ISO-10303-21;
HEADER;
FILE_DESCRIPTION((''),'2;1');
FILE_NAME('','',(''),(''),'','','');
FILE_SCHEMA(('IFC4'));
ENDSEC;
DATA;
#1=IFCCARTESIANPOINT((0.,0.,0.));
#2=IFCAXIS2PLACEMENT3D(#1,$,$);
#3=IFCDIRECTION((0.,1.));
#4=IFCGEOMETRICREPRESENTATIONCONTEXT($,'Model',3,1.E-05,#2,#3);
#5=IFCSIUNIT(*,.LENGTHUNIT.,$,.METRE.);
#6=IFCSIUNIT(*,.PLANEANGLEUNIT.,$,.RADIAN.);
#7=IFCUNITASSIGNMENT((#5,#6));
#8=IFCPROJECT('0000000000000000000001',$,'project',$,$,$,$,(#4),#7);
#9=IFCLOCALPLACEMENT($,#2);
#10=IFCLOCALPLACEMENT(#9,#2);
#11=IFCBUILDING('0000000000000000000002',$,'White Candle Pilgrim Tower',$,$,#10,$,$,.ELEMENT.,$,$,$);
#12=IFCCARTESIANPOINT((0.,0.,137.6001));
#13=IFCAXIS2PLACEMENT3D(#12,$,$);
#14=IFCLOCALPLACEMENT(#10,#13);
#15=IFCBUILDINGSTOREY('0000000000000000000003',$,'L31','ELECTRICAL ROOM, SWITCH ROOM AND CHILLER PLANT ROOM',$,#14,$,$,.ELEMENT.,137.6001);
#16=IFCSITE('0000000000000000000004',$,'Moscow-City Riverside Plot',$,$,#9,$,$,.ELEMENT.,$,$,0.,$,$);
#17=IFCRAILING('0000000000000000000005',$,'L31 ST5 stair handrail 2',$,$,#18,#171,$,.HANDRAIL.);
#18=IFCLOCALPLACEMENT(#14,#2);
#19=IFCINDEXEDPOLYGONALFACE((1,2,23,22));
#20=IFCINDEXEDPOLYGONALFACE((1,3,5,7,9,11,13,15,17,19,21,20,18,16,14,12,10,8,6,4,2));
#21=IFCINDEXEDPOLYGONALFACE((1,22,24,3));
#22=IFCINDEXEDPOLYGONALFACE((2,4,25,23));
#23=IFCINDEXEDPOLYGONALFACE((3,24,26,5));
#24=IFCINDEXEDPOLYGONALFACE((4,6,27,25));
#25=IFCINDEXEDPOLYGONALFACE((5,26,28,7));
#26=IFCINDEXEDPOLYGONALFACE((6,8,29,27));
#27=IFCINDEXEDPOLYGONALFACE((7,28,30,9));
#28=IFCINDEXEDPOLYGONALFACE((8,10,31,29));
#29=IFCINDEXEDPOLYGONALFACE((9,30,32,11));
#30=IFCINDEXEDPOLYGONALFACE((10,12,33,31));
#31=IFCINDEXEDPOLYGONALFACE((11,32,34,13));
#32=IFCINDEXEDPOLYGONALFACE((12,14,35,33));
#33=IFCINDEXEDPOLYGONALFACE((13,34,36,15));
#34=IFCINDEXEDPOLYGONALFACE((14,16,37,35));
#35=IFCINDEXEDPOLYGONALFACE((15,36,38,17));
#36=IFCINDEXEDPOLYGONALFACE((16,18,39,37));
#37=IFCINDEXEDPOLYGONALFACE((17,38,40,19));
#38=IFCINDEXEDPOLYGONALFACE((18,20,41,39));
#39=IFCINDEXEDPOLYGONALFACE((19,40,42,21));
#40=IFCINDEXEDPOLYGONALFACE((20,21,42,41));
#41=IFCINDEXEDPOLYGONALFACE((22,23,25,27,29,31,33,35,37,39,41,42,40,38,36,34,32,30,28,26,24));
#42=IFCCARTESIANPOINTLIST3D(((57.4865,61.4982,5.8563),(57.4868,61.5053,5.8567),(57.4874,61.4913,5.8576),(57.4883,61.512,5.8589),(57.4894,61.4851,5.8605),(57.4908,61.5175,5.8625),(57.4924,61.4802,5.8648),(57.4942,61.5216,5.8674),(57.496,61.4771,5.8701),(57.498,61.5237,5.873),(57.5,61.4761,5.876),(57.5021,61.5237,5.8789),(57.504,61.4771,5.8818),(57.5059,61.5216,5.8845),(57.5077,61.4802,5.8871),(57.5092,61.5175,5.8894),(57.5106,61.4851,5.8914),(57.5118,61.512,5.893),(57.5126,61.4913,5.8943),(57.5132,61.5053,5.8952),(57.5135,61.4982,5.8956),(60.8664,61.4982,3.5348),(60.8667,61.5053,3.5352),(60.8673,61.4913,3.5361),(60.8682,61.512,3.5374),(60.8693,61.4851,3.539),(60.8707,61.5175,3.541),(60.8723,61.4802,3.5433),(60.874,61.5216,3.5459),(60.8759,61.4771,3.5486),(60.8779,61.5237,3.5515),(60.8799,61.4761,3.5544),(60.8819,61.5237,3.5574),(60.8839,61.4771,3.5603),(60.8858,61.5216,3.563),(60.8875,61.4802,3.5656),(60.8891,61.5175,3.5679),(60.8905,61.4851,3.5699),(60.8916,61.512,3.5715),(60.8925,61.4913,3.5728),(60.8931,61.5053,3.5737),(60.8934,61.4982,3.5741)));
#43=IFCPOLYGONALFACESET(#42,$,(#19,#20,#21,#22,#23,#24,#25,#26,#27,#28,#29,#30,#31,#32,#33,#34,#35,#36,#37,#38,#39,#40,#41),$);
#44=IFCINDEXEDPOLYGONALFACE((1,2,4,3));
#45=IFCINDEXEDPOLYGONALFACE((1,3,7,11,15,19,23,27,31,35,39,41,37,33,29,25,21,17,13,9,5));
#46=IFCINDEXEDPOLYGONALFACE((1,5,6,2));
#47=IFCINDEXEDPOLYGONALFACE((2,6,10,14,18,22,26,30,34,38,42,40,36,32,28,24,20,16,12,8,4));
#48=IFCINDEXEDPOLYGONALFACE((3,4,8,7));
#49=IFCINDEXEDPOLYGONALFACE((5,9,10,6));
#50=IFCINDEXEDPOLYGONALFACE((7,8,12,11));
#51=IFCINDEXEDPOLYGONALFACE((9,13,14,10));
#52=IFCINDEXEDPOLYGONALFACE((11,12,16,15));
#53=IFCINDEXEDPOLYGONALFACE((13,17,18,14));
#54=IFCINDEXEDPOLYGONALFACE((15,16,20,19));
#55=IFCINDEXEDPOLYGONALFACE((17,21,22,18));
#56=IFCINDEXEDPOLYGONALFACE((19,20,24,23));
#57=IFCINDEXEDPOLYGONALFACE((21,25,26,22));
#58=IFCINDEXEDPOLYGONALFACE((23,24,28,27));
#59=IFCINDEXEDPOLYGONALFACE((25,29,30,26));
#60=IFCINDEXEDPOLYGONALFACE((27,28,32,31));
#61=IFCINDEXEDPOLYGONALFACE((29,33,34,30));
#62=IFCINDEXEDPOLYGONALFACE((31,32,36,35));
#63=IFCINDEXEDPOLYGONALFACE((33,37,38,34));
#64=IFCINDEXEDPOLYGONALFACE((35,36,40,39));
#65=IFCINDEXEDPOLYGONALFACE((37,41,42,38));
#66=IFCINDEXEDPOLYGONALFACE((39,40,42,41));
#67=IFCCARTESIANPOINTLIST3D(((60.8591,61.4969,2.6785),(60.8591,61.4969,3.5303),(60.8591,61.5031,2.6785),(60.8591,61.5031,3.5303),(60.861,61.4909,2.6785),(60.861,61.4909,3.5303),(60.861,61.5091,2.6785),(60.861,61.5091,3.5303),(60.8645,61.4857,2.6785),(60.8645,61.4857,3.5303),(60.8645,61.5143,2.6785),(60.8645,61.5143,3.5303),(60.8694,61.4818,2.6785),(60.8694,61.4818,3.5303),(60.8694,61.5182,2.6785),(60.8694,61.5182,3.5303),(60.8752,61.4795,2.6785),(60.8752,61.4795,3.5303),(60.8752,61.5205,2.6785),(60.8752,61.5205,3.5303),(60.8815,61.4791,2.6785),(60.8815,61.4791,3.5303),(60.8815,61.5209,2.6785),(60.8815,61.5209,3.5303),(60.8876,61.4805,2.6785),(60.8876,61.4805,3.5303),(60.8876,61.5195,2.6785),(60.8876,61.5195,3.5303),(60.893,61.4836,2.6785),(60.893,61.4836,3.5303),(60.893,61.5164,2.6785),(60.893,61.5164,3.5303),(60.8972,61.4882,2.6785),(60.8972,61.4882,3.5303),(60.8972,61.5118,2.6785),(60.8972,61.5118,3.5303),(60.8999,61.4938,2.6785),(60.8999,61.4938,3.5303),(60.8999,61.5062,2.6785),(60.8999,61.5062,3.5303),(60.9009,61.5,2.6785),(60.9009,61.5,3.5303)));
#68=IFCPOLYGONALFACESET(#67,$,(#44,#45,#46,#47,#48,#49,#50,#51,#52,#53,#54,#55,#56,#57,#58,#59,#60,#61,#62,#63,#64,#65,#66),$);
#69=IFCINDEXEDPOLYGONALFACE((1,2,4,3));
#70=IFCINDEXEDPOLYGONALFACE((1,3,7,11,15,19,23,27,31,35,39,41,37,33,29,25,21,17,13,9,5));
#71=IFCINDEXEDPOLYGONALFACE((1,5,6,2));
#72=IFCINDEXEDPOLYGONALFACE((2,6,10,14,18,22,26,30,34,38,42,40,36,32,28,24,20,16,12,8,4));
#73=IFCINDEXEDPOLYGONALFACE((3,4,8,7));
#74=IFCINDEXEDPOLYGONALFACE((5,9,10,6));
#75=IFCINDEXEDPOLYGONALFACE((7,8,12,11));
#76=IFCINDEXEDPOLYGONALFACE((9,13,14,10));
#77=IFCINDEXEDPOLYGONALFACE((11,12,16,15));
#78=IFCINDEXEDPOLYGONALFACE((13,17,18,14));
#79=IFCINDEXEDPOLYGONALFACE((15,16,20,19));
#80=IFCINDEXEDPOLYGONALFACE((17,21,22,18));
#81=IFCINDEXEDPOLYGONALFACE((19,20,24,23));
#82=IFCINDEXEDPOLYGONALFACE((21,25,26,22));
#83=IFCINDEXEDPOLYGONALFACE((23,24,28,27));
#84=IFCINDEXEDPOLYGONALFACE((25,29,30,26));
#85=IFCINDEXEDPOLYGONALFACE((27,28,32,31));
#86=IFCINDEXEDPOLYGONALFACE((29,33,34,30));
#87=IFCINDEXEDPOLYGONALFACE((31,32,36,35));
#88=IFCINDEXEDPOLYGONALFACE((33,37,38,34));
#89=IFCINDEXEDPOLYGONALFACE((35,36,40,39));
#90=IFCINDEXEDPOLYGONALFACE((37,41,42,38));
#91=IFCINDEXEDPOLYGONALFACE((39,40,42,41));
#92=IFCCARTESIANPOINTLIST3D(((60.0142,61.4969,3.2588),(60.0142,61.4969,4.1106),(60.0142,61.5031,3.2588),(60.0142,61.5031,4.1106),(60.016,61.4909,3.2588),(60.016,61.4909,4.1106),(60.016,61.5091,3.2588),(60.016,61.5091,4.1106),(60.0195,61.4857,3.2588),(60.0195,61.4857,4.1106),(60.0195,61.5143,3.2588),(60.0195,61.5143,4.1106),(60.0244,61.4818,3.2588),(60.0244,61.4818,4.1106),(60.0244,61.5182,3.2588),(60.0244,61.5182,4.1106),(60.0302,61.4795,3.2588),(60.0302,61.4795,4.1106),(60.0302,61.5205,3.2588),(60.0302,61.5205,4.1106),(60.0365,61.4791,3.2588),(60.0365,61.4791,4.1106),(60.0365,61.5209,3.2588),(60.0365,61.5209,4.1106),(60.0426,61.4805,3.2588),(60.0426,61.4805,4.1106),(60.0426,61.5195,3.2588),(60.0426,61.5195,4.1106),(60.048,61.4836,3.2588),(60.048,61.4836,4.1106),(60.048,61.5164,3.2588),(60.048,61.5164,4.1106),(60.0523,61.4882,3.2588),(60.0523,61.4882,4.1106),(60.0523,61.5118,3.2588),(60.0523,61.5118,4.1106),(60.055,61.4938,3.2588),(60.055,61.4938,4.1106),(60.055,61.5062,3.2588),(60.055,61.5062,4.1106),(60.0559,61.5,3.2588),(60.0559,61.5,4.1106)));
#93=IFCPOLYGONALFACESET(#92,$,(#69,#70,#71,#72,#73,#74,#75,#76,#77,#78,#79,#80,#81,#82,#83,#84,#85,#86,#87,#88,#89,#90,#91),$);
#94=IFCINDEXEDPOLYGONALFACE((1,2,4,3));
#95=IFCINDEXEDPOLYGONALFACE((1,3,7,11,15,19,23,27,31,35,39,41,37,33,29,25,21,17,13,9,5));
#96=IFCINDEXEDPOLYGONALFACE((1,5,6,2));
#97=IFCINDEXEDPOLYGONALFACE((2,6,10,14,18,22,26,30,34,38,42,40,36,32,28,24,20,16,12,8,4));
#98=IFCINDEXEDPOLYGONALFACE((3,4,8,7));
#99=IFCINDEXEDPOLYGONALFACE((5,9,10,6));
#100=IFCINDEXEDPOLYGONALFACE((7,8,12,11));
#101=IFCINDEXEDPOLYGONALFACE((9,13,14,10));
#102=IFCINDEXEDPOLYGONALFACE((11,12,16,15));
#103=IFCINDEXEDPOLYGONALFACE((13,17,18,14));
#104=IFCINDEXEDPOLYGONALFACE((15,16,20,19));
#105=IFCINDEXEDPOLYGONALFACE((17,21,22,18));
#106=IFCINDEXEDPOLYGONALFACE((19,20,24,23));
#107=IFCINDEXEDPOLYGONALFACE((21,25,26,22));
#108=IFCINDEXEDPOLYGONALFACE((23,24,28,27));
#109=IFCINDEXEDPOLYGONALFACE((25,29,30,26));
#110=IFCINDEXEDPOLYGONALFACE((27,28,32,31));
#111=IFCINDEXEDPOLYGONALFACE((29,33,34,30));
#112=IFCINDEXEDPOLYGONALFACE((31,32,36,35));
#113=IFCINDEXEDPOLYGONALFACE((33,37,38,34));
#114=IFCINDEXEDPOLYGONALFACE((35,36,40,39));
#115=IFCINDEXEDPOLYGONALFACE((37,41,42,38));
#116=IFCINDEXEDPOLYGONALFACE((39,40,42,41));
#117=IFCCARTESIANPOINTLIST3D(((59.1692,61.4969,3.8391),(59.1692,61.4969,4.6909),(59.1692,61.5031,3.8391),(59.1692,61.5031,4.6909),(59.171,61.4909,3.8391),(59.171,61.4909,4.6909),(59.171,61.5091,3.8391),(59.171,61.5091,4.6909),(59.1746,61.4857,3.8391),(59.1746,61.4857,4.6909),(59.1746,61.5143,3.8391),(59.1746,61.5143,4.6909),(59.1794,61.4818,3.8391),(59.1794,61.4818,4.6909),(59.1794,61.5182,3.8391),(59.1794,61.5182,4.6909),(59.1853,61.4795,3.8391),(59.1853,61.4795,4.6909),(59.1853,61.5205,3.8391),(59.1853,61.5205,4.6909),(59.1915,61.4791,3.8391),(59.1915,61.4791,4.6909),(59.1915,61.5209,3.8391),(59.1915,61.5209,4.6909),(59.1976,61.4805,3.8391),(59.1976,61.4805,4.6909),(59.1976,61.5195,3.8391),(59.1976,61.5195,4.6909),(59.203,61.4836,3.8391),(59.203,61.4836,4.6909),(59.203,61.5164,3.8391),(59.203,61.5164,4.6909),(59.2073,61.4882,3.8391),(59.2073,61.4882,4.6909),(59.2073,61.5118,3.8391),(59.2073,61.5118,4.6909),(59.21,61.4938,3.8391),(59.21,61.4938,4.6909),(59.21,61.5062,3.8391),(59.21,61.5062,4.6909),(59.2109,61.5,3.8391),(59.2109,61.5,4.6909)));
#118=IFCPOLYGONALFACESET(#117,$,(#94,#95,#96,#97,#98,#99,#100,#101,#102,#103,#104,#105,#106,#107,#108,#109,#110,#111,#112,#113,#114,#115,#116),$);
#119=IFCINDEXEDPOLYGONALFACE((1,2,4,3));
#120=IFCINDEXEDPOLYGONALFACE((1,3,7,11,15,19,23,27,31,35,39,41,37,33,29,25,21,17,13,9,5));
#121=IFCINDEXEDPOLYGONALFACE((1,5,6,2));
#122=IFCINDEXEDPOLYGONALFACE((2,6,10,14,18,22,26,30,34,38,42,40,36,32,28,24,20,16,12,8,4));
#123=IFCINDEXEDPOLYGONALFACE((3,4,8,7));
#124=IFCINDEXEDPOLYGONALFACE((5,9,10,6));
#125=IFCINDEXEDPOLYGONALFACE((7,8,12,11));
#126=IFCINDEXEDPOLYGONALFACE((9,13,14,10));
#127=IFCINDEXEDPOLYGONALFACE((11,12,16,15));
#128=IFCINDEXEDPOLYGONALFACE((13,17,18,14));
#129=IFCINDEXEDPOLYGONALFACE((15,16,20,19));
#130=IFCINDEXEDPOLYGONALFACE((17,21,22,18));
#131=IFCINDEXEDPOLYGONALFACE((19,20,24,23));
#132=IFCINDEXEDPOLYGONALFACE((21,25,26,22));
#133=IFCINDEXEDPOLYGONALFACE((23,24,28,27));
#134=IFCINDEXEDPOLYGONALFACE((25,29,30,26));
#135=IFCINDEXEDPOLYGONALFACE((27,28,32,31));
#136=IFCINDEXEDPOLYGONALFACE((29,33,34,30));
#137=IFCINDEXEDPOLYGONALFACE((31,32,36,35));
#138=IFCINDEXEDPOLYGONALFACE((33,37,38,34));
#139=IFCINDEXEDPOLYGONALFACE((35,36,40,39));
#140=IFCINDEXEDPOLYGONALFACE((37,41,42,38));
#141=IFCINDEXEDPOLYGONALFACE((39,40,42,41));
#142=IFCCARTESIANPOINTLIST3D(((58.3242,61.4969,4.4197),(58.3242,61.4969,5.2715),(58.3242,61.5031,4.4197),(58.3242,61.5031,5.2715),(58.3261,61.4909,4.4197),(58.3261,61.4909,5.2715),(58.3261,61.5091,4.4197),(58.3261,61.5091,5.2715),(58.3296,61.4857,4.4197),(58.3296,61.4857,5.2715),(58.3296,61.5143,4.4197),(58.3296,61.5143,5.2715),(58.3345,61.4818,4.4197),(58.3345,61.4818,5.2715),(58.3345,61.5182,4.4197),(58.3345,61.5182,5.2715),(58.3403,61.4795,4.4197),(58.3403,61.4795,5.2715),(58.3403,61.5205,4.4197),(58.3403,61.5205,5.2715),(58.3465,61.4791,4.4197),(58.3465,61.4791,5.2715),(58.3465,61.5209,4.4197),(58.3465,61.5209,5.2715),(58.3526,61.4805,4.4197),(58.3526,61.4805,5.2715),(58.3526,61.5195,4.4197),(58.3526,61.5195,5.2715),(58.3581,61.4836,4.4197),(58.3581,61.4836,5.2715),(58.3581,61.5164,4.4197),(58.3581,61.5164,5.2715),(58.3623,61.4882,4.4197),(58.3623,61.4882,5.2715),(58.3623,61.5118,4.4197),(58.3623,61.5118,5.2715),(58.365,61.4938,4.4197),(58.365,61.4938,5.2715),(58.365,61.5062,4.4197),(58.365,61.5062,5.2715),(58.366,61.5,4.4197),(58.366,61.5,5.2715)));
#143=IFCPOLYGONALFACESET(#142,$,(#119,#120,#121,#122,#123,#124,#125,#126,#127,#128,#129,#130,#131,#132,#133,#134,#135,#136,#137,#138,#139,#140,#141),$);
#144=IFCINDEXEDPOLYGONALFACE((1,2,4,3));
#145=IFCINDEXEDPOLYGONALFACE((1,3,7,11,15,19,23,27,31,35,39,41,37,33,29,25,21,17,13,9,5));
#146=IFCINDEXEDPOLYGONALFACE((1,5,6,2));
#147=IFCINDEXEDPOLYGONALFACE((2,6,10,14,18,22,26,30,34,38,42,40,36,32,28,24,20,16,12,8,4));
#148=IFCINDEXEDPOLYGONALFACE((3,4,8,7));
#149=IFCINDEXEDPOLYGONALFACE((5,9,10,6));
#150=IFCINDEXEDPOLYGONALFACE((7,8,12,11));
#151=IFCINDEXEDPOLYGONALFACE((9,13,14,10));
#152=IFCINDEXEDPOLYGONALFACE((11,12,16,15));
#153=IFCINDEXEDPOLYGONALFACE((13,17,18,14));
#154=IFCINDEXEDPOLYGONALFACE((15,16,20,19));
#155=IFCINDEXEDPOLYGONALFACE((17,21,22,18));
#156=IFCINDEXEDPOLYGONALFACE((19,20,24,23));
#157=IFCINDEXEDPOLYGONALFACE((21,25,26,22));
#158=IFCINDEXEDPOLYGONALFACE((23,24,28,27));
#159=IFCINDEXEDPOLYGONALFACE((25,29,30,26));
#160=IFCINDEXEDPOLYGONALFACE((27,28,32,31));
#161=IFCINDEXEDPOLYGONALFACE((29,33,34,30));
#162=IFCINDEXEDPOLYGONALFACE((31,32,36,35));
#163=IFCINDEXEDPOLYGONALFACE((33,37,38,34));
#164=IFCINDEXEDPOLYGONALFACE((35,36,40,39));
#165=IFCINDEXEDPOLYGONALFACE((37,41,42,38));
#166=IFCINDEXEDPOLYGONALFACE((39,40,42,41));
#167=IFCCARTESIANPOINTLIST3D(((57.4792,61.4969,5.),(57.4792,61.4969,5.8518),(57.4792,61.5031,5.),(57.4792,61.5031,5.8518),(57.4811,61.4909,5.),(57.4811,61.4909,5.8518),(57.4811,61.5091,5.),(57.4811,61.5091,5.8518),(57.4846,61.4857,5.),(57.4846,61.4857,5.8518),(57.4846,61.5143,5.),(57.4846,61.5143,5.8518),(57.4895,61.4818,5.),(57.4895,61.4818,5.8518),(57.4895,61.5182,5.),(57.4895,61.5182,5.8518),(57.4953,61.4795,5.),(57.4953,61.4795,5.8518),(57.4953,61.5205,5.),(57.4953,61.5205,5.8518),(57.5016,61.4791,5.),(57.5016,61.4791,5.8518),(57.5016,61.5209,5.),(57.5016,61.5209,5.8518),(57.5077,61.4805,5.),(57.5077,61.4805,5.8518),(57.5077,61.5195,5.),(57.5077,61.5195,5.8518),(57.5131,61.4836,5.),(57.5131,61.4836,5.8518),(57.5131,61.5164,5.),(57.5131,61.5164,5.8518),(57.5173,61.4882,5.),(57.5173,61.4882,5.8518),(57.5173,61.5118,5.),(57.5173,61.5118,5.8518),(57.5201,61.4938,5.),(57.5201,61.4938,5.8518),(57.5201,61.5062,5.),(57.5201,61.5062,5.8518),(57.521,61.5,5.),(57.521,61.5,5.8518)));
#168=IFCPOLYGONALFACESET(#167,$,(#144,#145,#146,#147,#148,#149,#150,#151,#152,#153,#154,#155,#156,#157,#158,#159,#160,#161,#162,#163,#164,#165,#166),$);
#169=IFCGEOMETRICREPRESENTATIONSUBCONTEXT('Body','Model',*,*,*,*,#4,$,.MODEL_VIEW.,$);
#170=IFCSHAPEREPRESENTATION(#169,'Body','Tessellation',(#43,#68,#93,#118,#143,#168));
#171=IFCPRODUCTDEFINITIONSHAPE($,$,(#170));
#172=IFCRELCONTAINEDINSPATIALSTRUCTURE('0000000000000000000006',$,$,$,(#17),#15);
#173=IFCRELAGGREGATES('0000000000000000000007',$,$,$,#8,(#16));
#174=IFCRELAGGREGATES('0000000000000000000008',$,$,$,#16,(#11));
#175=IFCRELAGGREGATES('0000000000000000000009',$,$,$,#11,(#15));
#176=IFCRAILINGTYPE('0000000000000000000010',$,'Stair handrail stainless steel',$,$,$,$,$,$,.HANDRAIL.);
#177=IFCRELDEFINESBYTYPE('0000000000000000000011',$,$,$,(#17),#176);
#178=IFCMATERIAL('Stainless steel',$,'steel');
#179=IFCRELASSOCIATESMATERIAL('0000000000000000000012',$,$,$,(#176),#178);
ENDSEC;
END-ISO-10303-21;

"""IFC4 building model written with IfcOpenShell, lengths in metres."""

from ifc_helpers import new_model, si_unit, direction, frame, origin, origin_2d, place, context, subcontext, project, spatial, circle, extrude, material, type_object, element, save


model = new_model("IFC4")

# Units and contexts
model_context = context("Model", 3, precision=1e-05, world=origin(), true_north=direction((0.0, 1.0)))
body_context = subcontext(model_context, "Body", "Model", "MODEL_VIEW")
ifc_project = project(units=[si_unit("LENGTHUNIT", "METRE"), si_unit("PLANEANGLEUNIT", "RADIAN")], contexts=[model_context])

# Site, building, storey
site_placement = place(None, origin())
site = spatial("IfcSite", under=ifc_project, at=site_placement, Name="Moscow-City Riverside Plot", CompositionType="ELEMENT", RefElevation=0.0)
building_placement = place(site_placement, origin())
building = spatial("IfcBuilding", under=site, at=building_placement, Name="White Candle Pilgrim Tower", CompositionType="ELEMENT")
storey_placement = place(building_placement, frame((0.0, 0.0, 137.6001)))
storey = spatial("IfcBuildingStorey", under=building, at=storey_placement, Name="L31", Description="ELECTRICAL ROOM, SWITCH ROOM AND CHILLER PLANT ROOM", CompositionType="ELEMENT", Elevation=137.6001)

# Railing
ifc_material_1 = material(Name="Stainless steel", Category="steel")
railing_type_1 = type_object("IfcRailingType", Name="Stair handrail stainless steel", PredefinedType="HANDRAIL", material=ifc_material_1)
railing_1_placement = place(storey_placement, frame((60.8799, 61.5, 2.6785)))
element("IfcRailing", 1, at=railing_1_placement, inside=storey, type_object=railing_type_1, Name="L31 ST5 stair handrail 2", PredefinedType="HANDRAIL", context=body_context, shape_type="SweptSolid", body=[
    extrude(circle(Radius=0.0239, at=origin_2d()), frame((0.0, 0.0, 0.876), z_axis=(-0.824285, 0.0, 0.566175), x_axis=(0.0, -1.0, 0.0)), (0.0, 0.0, 1.0), 4.1003),
    extrude(circle(Radius=0.021, at=origin_2d()), origin(), (0.0, 0.0, 1.0), 0.8518),
    extrude(circle(Radius=0.021, at=origin_2d()), frame((-0.845, 0.0, 0.5803)), (0.0, 0.0, 1.0), 0.8518),
    extrude(circle(Radius=0.021, at=origin_2d()), frame((-1.6899, 0.0, 1.1606)), (0.0, 0.0, 1.0), 0.8518),
    extrude(circle(Radius=0.021, at=origin_2d()), frame((-2.5349, 0.0, 1.7412)), (0.0, 0.0, 1.0), 0.8518),
    extrude(circle(Radius=0.021, at=origin_2d()), frame((-3.3799, 0.0, 2.3215)), (0.0, 0.0, 1.0), 0.8518),
])

save(model, "model.ifc")
